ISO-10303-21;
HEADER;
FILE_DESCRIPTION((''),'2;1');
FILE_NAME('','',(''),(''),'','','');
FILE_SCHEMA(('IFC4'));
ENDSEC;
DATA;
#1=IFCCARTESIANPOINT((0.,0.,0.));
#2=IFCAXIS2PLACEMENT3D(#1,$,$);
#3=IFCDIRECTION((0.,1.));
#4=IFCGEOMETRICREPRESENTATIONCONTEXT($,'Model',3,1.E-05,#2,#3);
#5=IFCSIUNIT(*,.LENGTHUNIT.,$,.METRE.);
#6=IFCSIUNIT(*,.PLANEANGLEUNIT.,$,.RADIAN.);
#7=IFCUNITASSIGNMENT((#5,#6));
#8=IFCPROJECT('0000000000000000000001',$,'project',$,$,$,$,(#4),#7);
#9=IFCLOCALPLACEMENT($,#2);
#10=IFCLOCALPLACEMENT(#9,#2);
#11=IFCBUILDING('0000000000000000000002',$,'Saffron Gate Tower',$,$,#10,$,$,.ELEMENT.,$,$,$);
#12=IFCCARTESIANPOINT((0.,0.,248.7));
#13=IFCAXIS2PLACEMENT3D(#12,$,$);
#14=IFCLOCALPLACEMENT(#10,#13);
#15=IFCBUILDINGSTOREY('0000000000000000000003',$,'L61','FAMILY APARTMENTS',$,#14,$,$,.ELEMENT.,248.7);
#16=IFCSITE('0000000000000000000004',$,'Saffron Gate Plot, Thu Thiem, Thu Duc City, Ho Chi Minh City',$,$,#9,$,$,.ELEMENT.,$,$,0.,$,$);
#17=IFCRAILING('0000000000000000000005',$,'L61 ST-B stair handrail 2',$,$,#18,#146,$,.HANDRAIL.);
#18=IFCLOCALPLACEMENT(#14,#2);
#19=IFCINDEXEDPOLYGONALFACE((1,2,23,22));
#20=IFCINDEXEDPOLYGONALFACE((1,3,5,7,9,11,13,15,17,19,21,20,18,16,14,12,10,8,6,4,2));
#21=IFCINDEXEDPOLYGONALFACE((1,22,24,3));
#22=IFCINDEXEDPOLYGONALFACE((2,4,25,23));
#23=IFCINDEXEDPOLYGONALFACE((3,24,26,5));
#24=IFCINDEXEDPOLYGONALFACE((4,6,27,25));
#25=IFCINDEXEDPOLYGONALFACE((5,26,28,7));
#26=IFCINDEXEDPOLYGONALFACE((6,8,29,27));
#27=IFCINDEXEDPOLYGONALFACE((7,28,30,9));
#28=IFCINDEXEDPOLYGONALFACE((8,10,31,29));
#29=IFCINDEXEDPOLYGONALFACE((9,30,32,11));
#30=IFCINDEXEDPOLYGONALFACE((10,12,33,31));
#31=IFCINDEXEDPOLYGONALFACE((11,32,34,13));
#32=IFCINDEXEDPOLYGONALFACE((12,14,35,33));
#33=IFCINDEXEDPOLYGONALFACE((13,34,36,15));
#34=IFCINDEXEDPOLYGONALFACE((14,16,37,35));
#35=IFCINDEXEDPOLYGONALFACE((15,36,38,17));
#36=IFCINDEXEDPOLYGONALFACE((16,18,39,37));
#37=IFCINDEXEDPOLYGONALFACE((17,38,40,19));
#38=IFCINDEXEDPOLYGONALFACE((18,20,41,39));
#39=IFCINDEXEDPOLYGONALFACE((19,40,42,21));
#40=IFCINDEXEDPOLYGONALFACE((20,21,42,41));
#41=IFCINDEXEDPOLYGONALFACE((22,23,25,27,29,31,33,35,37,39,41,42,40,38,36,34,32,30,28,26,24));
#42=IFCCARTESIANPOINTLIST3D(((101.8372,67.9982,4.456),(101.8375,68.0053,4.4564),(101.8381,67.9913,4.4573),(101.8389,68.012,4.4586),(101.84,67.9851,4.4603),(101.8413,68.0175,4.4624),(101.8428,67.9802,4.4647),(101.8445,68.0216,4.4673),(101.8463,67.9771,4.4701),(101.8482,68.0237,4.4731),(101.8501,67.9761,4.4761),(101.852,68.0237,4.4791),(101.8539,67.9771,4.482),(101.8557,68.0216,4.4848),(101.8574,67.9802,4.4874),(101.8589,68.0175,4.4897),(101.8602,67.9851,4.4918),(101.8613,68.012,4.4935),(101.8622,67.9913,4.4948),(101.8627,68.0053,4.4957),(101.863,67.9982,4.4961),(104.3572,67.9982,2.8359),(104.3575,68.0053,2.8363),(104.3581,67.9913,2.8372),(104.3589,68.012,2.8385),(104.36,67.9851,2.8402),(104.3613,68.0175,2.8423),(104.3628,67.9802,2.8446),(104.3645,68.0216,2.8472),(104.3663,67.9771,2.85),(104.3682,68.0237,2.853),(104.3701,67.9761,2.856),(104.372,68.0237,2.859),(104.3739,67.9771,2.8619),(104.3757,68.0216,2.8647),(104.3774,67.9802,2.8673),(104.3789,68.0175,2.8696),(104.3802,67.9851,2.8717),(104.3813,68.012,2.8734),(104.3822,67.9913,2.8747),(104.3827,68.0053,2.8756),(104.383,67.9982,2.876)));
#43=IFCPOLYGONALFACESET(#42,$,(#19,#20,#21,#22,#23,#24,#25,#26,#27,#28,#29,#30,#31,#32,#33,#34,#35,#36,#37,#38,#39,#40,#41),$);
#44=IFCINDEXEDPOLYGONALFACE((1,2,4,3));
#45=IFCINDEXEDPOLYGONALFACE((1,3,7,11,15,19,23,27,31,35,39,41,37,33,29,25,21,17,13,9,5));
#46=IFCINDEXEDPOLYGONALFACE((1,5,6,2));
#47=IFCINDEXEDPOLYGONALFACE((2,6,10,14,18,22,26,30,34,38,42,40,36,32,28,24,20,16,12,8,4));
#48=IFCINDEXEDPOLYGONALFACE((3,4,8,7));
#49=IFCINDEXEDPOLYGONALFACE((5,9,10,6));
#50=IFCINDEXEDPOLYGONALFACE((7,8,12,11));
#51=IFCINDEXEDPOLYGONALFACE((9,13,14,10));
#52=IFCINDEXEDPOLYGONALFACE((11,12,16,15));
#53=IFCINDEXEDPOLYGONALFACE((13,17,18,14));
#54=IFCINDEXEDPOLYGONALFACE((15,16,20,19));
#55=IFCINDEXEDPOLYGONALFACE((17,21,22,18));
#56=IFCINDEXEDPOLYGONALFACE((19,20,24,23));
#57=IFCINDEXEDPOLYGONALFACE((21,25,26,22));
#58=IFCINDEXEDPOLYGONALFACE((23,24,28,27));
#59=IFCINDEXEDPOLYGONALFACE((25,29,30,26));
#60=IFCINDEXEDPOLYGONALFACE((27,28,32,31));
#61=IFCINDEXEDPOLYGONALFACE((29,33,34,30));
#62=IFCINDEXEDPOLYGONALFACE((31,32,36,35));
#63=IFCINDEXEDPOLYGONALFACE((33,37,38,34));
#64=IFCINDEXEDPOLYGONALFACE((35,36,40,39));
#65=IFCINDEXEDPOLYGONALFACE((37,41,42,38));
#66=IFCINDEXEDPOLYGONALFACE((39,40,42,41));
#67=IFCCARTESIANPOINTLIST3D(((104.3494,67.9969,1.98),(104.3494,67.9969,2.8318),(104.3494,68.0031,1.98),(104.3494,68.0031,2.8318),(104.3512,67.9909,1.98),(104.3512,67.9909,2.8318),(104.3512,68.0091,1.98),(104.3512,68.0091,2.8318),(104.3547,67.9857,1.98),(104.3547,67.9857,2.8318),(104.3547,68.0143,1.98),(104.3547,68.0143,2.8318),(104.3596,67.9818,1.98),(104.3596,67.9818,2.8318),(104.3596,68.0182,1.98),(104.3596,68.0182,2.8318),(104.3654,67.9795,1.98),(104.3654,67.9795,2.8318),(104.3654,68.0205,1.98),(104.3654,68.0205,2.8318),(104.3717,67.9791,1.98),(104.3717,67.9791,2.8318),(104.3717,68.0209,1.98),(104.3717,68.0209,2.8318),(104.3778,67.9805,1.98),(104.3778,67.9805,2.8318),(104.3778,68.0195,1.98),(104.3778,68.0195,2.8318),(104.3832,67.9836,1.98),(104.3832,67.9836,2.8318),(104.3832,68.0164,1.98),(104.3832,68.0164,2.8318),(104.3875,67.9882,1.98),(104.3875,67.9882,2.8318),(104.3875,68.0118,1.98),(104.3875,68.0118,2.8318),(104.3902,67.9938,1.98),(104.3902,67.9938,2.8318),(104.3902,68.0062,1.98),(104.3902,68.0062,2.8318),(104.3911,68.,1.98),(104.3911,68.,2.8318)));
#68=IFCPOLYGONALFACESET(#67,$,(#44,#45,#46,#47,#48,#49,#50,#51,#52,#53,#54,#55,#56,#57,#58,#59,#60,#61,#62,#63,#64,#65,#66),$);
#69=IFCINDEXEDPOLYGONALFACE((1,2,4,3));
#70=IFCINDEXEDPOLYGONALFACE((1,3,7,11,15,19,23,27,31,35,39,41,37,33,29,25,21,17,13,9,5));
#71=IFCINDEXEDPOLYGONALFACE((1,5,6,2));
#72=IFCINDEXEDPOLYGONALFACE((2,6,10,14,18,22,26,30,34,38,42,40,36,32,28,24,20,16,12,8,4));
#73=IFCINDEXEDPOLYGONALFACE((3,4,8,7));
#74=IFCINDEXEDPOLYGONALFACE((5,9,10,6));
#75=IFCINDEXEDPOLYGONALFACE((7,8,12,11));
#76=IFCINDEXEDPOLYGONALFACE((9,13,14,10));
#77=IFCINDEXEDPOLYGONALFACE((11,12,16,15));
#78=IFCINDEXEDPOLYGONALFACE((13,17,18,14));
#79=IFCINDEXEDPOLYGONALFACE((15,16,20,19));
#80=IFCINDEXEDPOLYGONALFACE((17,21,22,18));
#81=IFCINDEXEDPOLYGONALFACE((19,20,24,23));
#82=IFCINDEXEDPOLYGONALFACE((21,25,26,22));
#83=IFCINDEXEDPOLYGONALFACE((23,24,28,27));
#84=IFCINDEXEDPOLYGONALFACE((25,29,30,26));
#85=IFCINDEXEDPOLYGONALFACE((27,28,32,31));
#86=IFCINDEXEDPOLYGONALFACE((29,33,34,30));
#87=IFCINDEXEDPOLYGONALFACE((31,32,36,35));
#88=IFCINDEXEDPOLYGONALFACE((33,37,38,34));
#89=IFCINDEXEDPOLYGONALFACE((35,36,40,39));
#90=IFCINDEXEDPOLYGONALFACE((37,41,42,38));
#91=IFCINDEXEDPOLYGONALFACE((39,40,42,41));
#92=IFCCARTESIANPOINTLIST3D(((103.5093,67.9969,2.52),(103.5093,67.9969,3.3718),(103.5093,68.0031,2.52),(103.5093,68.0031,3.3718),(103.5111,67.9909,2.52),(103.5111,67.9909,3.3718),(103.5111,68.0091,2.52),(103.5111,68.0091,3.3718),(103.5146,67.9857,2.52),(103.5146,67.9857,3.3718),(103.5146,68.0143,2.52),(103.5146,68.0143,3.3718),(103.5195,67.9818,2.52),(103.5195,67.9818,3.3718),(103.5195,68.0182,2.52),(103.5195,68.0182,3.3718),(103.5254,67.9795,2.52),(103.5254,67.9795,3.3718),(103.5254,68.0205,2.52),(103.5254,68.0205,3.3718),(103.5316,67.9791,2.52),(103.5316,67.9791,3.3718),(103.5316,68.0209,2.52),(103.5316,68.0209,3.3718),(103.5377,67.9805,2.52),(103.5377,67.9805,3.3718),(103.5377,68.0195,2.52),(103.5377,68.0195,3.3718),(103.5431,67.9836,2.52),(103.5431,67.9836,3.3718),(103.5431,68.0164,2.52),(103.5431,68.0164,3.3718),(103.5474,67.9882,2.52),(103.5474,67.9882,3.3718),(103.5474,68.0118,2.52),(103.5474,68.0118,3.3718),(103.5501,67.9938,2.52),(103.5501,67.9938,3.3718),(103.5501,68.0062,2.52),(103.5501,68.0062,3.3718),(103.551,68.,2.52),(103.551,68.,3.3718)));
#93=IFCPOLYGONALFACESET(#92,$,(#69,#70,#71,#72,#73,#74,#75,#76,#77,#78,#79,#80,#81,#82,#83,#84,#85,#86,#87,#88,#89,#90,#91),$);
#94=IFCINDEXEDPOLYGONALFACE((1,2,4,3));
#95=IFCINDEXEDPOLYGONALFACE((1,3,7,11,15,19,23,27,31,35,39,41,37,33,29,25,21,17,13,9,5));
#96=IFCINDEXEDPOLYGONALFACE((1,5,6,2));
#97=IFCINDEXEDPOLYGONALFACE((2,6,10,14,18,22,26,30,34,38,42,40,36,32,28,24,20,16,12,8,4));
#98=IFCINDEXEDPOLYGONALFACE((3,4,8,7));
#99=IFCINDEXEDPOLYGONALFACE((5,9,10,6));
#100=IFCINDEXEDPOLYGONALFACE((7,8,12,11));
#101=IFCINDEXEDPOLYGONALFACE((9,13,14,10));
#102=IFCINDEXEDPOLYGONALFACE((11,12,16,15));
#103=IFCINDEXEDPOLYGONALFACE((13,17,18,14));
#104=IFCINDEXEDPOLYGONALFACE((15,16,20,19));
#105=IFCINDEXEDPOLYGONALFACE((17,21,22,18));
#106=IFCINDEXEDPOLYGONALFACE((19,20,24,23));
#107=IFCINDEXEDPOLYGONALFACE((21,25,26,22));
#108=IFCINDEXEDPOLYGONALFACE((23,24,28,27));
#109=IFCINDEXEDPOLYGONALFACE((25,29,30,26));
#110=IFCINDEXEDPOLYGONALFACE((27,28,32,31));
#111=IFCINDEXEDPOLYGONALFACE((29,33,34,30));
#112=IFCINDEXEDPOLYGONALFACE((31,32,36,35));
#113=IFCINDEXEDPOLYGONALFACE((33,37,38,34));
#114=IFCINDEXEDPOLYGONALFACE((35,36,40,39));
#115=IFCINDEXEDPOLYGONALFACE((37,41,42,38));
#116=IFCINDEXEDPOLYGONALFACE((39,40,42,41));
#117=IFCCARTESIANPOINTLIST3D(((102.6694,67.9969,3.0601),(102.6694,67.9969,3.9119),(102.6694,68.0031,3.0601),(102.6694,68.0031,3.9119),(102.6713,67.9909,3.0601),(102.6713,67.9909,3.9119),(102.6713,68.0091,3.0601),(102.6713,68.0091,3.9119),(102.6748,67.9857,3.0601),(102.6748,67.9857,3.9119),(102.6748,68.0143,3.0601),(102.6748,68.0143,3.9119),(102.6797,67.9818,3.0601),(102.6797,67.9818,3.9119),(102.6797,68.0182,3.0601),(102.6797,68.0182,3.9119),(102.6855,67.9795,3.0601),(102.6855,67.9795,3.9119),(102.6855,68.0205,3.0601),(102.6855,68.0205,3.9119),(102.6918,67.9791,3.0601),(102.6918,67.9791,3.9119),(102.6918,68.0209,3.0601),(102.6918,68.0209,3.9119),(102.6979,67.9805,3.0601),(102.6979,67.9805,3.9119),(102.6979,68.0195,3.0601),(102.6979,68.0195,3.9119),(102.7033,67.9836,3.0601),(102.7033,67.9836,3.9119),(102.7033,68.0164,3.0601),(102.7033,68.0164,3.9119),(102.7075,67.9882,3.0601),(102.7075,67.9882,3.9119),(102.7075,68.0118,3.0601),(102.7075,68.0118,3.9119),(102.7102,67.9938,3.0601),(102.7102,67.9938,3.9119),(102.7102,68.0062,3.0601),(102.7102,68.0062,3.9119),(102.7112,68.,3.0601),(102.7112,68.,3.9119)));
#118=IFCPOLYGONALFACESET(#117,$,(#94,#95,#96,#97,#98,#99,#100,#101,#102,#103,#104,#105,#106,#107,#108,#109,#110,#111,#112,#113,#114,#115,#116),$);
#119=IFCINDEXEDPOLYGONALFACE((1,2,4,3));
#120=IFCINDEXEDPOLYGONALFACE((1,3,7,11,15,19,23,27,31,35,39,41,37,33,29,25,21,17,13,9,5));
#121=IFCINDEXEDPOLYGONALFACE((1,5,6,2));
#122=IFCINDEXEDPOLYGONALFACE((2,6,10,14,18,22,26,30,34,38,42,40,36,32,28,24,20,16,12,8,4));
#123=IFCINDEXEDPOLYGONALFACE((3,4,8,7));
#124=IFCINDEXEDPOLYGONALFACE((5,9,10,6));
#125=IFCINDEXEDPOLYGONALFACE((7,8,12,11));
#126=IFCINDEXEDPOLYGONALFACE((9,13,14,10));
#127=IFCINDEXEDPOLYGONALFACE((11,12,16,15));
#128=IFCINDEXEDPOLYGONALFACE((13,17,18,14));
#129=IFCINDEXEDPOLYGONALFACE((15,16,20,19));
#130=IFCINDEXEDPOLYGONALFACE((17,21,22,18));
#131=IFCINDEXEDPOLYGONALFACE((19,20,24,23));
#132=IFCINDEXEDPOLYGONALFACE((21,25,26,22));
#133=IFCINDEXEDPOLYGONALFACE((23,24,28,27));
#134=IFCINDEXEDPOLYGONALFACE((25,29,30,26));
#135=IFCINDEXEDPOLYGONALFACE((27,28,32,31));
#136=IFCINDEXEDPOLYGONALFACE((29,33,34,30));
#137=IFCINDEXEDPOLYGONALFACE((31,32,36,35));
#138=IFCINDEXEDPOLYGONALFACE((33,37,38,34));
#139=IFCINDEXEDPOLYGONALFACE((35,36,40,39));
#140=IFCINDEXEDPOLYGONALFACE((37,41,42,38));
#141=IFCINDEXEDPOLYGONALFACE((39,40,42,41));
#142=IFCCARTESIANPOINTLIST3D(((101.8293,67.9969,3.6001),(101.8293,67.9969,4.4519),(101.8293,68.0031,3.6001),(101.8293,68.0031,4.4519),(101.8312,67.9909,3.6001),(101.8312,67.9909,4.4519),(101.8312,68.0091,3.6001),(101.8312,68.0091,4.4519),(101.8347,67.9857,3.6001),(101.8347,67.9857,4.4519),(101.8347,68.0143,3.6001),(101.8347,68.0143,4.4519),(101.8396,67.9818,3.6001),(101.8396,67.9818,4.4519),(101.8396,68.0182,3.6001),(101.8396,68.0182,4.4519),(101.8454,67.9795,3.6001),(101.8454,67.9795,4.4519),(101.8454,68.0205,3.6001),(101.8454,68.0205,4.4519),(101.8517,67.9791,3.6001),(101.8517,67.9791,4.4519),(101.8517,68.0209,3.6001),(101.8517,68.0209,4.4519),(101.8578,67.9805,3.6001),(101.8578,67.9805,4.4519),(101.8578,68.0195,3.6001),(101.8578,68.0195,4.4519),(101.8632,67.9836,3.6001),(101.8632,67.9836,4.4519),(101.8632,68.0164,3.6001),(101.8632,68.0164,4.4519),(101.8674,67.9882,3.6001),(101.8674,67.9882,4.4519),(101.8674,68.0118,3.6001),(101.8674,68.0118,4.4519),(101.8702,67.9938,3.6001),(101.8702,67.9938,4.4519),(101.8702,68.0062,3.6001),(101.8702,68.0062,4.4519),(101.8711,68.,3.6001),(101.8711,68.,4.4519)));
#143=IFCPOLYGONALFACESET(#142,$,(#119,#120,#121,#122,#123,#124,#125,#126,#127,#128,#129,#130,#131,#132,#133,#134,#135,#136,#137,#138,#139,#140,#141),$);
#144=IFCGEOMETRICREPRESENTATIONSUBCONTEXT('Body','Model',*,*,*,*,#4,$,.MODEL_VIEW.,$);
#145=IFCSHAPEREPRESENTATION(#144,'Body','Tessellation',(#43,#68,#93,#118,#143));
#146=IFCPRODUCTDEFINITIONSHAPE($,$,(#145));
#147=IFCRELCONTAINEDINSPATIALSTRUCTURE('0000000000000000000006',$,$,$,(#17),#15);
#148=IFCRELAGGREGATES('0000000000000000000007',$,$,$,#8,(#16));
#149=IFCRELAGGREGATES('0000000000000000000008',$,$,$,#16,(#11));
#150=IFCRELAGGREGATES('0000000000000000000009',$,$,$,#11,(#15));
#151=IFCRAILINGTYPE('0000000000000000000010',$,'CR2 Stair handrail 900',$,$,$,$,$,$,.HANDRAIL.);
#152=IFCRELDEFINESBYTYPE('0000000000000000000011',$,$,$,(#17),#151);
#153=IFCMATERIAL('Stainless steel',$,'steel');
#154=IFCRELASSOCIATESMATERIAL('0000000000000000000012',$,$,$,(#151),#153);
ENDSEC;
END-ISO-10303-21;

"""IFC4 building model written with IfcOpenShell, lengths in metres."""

from ifc_helpers import new_model, si_unit, direction, frame, origin, origin_2d, place, context, subcontext, project, spatial, circle, extrude, material, type_object, element, save


model = new_model("IFC4")

# Units and contexts
model_context = context("Model", 3, precision=1e-05, world=origin(), true_north=direction((0.0, 1.0)))
body_context = subcontext(model_context, "Body", "Model", "MODEL_VIEW")
ifc_project = project(units=[si_unit("LENGTHUNIT", "METRE"), si_unit("PLANEANGLEUNIT", "RADIAN")], contexts=[model_context])

# Site, building, storey
site_placement = place(None, origin())
site = spatial("IfcSite", under=ifc_project, at=site_placement, Name="Saffron Gate Plot, Thu Thiem, Thu Duc City, Ho Chi Minh City", CompositionType="ELEMENT", RefElevation=0.0)
building_placement = place(site_placement, origin())
building = spatial("IfcBuilding", under=site, at=building_placement, Name="Saffron Gate Tower", CompositionType="ELEMENT")
storey_placement = place(building_placement, frame((0.0, 0.0, 248.7)))
storey = spatial("IfcBuildingStorey", under=building, at=storey_placement, Name="L61", Description="FAMILY APARTMENTS", CompositionType="ELEMENT", Elevation=248.7)

# Railing
ifc_material_1 = material(Name="Stainless steel", Category="steel")
railing_type = type_object("IfcRailingType", Name="CR2 Stair handrail 900", PredefinedType="HANDRAIL", material=ifc_material_1)
railing_placement = place(storey_placement, frame((104.3701, 68.0, 1.98)))
element("IfcRailing", 1, at=railing_placement, inside=storey, type_object=railing_type, Name="L61 ST-B stair handrail 2", PredefinedType="HANDRAIL", context=body_context, shape_type="SweptSolid", body=[
    extrude(circle(Radius=0.0239, at=origin_2d()), frame((0.0, 0.0, 0.876), z_axis=(-0.841163, 0.0, 0.540782), x_axis=(0.0, -1.0, 0.0)), (0.0, 0.0, 1.0), 2.9958),
    extrude(circle(Radius=0.021, at=origin_2d()), origin(), (0.0, 0.0, 1.0), 0.8518),
    extrude(circle(Radius=0.021, at=origin_2d()), frame((-0.8401, 0.0, 0.54)), (0.0, 0.0, 1.0), 0.8518),
    extrude(circle(Radius=0.021, at=origin_2d()), frame((-1.6799, 0.0, 1.0801)), (0.0, 0.0, 1.0), 0.8518),
    extrude(circle(Radius=0.021, at=origin_2d()), frame((-2.52, 0.0, 1.6201)), (0.0, 0.0, 1.0), 0.8518),
])

save(model, "model.ifc")
